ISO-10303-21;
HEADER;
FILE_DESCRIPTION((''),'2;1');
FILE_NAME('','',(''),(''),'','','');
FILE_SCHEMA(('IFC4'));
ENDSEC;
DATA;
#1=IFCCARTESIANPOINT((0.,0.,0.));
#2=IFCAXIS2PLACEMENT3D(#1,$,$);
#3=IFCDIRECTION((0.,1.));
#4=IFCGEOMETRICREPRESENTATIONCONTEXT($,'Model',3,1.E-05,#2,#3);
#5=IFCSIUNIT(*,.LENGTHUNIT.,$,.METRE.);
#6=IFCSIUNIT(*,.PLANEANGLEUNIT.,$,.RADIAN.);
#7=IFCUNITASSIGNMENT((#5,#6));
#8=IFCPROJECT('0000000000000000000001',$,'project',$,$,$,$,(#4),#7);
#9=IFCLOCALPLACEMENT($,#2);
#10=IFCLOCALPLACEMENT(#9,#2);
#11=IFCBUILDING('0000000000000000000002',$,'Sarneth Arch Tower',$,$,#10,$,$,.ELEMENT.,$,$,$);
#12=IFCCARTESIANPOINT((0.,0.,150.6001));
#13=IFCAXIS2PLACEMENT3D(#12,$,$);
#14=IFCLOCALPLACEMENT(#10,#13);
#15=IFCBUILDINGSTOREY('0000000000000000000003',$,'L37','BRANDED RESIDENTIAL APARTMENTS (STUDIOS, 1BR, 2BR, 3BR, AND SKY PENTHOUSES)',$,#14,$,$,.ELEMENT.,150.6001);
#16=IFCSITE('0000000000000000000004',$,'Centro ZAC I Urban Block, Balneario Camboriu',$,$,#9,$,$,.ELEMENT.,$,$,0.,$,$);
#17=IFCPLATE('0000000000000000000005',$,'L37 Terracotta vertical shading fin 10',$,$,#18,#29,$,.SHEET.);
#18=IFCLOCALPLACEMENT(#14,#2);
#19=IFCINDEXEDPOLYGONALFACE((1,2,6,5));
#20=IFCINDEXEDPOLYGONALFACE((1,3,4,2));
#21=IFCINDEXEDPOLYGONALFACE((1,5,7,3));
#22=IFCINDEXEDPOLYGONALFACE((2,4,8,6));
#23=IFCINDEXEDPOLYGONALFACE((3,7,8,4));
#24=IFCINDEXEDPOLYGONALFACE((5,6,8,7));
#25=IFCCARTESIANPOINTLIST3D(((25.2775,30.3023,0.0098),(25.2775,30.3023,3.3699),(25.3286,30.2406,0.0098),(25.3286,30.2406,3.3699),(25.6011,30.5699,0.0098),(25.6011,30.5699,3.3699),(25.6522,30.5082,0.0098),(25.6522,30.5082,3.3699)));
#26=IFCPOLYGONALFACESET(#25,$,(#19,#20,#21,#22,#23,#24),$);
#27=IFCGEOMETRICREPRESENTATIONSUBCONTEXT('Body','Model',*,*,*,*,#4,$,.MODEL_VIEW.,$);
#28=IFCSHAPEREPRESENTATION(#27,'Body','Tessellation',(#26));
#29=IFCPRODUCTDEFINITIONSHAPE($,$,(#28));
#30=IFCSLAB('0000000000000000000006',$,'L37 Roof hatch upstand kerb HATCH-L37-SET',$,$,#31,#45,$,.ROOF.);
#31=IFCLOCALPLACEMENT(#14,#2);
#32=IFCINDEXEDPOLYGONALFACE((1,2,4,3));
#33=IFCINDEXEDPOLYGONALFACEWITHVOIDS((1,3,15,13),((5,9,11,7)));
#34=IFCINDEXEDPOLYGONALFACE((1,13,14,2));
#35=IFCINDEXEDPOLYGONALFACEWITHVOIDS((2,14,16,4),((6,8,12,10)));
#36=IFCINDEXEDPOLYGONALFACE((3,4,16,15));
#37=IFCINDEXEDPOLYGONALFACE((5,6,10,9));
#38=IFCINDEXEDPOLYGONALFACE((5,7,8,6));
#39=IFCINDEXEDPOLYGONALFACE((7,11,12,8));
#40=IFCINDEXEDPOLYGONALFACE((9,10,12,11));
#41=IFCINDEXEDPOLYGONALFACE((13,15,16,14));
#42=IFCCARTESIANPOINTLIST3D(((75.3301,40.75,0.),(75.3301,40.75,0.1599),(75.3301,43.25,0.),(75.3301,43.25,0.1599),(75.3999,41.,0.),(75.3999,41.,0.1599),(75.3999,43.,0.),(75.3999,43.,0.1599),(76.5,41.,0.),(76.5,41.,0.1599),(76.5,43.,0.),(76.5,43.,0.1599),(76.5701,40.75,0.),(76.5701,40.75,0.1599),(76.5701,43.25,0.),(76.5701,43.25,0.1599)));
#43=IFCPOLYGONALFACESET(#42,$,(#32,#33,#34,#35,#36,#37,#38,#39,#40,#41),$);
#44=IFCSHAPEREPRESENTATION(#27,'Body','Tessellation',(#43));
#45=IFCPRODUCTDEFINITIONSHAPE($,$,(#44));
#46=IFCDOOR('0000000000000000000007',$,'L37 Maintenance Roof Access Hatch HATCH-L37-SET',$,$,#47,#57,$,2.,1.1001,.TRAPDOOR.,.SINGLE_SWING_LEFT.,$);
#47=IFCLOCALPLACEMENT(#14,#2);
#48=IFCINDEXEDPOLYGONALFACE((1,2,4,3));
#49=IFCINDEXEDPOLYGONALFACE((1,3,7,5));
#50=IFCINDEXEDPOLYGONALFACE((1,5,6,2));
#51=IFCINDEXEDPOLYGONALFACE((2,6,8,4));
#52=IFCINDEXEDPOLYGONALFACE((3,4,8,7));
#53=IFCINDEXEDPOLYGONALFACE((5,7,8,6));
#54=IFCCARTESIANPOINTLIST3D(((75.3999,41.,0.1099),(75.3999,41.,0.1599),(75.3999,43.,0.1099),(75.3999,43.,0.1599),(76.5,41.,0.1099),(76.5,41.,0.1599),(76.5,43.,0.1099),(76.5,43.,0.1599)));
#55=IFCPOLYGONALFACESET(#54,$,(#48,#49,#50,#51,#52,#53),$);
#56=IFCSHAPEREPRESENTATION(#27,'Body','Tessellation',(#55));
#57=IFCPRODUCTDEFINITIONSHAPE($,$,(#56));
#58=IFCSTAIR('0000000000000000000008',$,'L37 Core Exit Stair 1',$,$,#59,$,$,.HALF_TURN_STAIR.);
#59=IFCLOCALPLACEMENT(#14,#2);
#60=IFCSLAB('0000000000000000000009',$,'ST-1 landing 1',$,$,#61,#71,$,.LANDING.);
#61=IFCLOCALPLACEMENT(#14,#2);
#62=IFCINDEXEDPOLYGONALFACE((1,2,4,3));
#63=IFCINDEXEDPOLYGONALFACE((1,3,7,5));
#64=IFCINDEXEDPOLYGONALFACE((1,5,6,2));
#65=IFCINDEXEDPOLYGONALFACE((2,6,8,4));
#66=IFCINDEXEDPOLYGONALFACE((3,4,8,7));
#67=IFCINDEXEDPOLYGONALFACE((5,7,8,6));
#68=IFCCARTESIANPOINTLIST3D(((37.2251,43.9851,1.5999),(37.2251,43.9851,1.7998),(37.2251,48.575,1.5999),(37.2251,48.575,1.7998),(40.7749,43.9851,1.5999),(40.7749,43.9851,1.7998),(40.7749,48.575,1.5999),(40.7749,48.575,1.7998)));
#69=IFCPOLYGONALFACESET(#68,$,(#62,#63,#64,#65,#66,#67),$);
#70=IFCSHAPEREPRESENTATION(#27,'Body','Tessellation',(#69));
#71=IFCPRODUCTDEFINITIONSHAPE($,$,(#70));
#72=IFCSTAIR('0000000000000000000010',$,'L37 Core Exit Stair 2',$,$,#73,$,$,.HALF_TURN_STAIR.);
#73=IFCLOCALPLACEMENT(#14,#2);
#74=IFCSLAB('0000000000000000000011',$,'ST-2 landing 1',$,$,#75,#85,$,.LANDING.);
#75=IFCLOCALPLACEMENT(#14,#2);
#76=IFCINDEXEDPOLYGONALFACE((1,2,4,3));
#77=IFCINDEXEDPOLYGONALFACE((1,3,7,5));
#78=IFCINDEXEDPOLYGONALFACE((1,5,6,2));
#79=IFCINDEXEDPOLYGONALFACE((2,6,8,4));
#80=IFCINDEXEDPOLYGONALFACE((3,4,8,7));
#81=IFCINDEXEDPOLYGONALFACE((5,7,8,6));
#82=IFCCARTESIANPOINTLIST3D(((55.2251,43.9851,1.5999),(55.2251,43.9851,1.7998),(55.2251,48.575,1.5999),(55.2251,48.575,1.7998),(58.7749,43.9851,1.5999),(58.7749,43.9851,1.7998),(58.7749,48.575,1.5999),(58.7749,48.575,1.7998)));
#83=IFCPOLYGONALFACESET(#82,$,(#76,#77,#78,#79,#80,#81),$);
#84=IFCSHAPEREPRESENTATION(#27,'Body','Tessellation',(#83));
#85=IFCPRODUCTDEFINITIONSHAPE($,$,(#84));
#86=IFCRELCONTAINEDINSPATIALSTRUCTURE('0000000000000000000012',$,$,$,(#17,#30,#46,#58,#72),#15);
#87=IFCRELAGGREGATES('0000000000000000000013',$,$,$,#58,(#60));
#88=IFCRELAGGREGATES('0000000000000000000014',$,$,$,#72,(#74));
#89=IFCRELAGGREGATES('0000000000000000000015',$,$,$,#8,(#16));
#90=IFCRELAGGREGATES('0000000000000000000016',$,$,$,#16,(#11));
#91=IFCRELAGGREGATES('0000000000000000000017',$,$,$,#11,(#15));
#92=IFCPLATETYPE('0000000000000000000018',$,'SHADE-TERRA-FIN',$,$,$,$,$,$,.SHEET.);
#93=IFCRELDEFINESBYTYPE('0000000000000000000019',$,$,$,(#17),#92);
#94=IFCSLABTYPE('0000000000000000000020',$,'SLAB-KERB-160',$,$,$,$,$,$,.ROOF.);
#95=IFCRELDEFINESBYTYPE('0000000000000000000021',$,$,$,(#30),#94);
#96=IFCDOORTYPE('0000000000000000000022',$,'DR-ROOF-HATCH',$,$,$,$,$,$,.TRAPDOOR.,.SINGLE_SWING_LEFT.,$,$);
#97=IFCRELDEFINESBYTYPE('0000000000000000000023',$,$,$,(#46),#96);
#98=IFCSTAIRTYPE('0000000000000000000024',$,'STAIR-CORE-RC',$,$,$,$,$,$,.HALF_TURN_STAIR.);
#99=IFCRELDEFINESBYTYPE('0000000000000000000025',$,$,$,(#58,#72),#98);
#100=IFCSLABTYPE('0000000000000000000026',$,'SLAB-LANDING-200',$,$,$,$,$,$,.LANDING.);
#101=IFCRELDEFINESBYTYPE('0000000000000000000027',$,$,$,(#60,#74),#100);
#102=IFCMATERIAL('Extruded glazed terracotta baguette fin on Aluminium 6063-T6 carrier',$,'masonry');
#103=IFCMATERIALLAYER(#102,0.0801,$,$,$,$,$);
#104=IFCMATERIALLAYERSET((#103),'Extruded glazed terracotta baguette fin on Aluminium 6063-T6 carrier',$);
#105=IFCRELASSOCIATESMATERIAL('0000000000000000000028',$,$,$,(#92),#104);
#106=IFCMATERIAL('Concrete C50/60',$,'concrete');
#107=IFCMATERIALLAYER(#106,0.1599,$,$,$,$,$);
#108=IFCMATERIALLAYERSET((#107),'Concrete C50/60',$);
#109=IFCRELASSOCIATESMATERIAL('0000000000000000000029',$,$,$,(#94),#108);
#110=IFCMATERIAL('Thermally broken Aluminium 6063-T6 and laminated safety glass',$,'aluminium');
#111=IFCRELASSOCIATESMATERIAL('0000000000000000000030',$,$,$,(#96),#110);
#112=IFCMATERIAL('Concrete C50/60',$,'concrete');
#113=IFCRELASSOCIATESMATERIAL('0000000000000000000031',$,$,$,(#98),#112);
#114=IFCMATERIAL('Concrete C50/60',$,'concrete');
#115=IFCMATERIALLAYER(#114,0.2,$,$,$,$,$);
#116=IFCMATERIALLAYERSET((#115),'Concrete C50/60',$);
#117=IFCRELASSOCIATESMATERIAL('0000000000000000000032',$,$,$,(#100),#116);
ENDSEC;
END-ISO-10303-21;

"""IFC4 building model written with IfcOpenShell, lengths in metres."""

from ifc_helpers import new_model, si_unit, direction, frame, origin, origin_2d, place, context, subcontext, project, spatial, polyline, rectangle, outline, extrude, material, layer, layer_set, type_object, element, fill, aggregate, save


model = new_model("IFC4")

# Units and contexts
model_context = context("Model", 3, precision=1e-05, world=origin(), true_north=direction((0.0, 1.0)))
body_context = subcontext(model_context, "Body", "Model", "MODEL_VIEW")
ifc_project = project(units=[si_unit("LENGTHUNIT", "METRE"), si_unit("PLANEANGLEUNIT", "RADIAN")], contexts=[model_context])

# Site, building, storey
site_placement = place(None, origin())
site = spatial("IfcSite", under=ifc_project, at=site_placement, Name="Centro ZAC I Urban Block, Balneario Camboriu", CompositionType="ELEMENT", RefElevation=0.0)
building_placement = place(site_placement, origin())
building = spatial("IfcBuilding", under=site, at=building_placement, Name="Sarneth Arch Tower", CompositionType="ELEMENT")
storey_placement = place(building_placement, frame((0.0, 0.0, 150.6001)))
storey = spatial("IfcBuildingStorey", under=building, at=storey_placement, Name="L37", Description="BRANDED RESIDENTIAL APARTMENTS (STUDIOS, 1BR, 2BR, 3BR, AND SKY PENTHOUSES)", CompositionType="ELEMENT", Elevation=150.6001)

# Plate
ifc_material_1 = material(Name="Extruded glazed terracotta baguette fin on Aluminium 6063-T6 carrier", Category="masonry")
ifc_layer_1 = layer(ifc_material_1, 0.0801)
ifc_layer_set_1 = layer_set([ifc_layer_1], Name="Extruded glazed terracotta baguette fin on Aluminium 6063-T6 carrier")
plate_type_1 = type_object("IfcPlateType", Name="SHADE-TERRA-FIN", PredefinedType="SHEET", material=ifc_layer_set_1)
plate_1_placement = place(storey_placement, frame((25.4648, 30.4053, 0.0098), z_axis=(0.0, 0.0, 1.0), x_axis=(-0.770624, -0.63729, 0.0)))
element("IfcPlate", 1, at=plate_1_placement, inside=storey, type_object=plate_type_1, Name="L37 Terracotta vertical shading fin 10", PredefinedType="SHEET", context=body_context, shape_type="SweptSolid", body=[
    extrude(rectangle(XDim=0.4199, YDim=0.0801, at=origin_2d()), origin(), (0.0, 0.0, 1.0), 3.3601),
])

# Slab, opening, door
ifc_material_2 = material(Name="Concrete C50/60", Category="concrete")
ifc_layer_2 = layer(ifc_material_2, 0.1599)
ifc_layer_set_2 = layer_set([ifc_layer_2], Name="Concrete C50/60")
slab_type_1 = type_object("IfcSlabType", Name="SLAB-KERB-160", PredefinedType="ROOF", material=ifc_layer_set_2)
slab_1_placement = place(storey_placement, origin())
slab_1 = element("IfcSlab", 2, at=slab_1_placement, inside=storey, type_object=slab_type_1, Name="L37 Roof hatch upstand kerb HATCH-L37-SET", PredefinedType="ROOF", context=body_context, shape_type="SweptSolid", body=[
    extrude(outline(polyline([(75.3301, 40.75), (76.5701, 40.75), (76.5701, 43.25), (75.3301, 43.25), (75.3301, 40.75)]), holes=[polyline([(75.3999, 41.0), (76.5, 41.0), (76.5, 43.0), (75.3999, 43.0), (75.3999, 41.0)])]), origin(), (0.0, 0.0, 1.0), 0.1599),
])
opening_1_placement = place(slab_1_placement, frame((75.95, 42.0, 0.0)))
opening_1 = element("IfcOpeningElement", 3, at=opening_1_placement, cuts=slab_1, PredefinedType="OPENING", context=body_context, shape_type="SweptSolid", body=[
    extrude(rectangle(XDim=1.1001, YDim=2.0, at=origin_2d()), origin(), (0.0, 0.0, 1.0), 0.1599),
])
ifc_material_3 = material(Name="Thermally broken Aluminium 6063-T6 and laminated safety glass", Category="aluminium")
door_type = type_object("IfcDoorType", Name="DR-ROOF-HATCH", OperationType="SINGLE_SWING_LEFT", PredefinedType="TRAPDOOR", material=ifc_material_3)
door_placement = place(opening_1_placement, frame((0.0, 0.0, 0.1099)))
door = element("IfcDoor", 4, at=door_placement, inside=storey, type_object=door_type, Name="L37 Maintenance Roof Access Hatch HATCH-L37-SET", OperationType="SINGLE_SWING_LEFT", OverallHeight=2.0, OverallWidth=1.1001, PredefinedType="TRAPDOOR", context=body_context, shape_type="SweptSolid", body=[
    extrude(rectangle(XDim=1.1001, YDim=2.0, at=origin_2d()), origin(), (0.0, 0.0, 1.0), 0.05),
])
fill(opening_1, door)

# Stairs, slabs
ifc_material_4 = material(Name="Concrete C50/60", Category="concrete")
stair_type = type_object("IfcStairType", Name="STAIR-CORE-RC", PredefinedType="HALF_TURN_STAIR", material=ifc_material_4)
stair_1_placement = place(storey_placement, origin())
stair_1 = element("IfcStair", 5, at=stair_1_placement, inside=storey, type_object=stair_type, Name="L37 Core Exit Stair 1", PredefinedType="HALF_TURN_STAIR")
ifc_material_5 = material(Name="Concrete C50/60", Category="concrete")
ifc_layer_3 = layer(ifc_material_5, 0.2)
ifc_layer_set_3 = layer_set([ifc_layer_3], Name="Concrete C50/60")
slab_type_2 = type_object("IfcSlabType", Name="SLAB-LANDING-200", PredefinedType="LANDING", material=ifc_layer_set_3)
slab_2_placement = place(storey_placement, frame((0.0, 0.0, 1.5999)))
slab_2 = element("IfcSlab", 6, at=slab_2_placement, type_object=slab_type_2, Name="ST-1 landing 1", PredefinedType="LANDING", context=body_context, shape_type="SweptSolid", body=[
    extrude(outline(polyline([(37.2251, 43.9851), (40.7749, 43.9851), (40.7749, 48.575), (37.2251, 48.575), (37.2251, 43.9851)])), origin(), (0.0, 0.0, 1.0), 0.2),
])
aggregate(stair_1, [slab_2])
stair_2_placement = place(storey_placement, origin())
stair_2 = element("IfcStair", 7, at=stair_2_placement, inside=storey, type_object=stair_type, Name="L37 Core Exit Stair 2", PredefinedType="HALF_TURN_STAIR")
slab_3_placement = place(storey_placement, frame((0.0, 0.0, 1.5999)))
slab_3 = element("IfcSlab", 8, at=slab_3_placement, type_object=slab_type_2, Name="ST-2 landing 1", PredefinedType="LANDING", context=body_context, shape_type="SweptSolid", body=[
    extrude(outline(polyline([(55.2251, 43.9851), (58.7749, 43.9851), (58.7749, 48.575), (55.2251, 48.575), (55.2251, 43.9851)])), origin(), (0.0, 0.0, 1.0), 0.2),
])
aggregate(stair_2, [slab_3])

save(model, "model.ifc")
